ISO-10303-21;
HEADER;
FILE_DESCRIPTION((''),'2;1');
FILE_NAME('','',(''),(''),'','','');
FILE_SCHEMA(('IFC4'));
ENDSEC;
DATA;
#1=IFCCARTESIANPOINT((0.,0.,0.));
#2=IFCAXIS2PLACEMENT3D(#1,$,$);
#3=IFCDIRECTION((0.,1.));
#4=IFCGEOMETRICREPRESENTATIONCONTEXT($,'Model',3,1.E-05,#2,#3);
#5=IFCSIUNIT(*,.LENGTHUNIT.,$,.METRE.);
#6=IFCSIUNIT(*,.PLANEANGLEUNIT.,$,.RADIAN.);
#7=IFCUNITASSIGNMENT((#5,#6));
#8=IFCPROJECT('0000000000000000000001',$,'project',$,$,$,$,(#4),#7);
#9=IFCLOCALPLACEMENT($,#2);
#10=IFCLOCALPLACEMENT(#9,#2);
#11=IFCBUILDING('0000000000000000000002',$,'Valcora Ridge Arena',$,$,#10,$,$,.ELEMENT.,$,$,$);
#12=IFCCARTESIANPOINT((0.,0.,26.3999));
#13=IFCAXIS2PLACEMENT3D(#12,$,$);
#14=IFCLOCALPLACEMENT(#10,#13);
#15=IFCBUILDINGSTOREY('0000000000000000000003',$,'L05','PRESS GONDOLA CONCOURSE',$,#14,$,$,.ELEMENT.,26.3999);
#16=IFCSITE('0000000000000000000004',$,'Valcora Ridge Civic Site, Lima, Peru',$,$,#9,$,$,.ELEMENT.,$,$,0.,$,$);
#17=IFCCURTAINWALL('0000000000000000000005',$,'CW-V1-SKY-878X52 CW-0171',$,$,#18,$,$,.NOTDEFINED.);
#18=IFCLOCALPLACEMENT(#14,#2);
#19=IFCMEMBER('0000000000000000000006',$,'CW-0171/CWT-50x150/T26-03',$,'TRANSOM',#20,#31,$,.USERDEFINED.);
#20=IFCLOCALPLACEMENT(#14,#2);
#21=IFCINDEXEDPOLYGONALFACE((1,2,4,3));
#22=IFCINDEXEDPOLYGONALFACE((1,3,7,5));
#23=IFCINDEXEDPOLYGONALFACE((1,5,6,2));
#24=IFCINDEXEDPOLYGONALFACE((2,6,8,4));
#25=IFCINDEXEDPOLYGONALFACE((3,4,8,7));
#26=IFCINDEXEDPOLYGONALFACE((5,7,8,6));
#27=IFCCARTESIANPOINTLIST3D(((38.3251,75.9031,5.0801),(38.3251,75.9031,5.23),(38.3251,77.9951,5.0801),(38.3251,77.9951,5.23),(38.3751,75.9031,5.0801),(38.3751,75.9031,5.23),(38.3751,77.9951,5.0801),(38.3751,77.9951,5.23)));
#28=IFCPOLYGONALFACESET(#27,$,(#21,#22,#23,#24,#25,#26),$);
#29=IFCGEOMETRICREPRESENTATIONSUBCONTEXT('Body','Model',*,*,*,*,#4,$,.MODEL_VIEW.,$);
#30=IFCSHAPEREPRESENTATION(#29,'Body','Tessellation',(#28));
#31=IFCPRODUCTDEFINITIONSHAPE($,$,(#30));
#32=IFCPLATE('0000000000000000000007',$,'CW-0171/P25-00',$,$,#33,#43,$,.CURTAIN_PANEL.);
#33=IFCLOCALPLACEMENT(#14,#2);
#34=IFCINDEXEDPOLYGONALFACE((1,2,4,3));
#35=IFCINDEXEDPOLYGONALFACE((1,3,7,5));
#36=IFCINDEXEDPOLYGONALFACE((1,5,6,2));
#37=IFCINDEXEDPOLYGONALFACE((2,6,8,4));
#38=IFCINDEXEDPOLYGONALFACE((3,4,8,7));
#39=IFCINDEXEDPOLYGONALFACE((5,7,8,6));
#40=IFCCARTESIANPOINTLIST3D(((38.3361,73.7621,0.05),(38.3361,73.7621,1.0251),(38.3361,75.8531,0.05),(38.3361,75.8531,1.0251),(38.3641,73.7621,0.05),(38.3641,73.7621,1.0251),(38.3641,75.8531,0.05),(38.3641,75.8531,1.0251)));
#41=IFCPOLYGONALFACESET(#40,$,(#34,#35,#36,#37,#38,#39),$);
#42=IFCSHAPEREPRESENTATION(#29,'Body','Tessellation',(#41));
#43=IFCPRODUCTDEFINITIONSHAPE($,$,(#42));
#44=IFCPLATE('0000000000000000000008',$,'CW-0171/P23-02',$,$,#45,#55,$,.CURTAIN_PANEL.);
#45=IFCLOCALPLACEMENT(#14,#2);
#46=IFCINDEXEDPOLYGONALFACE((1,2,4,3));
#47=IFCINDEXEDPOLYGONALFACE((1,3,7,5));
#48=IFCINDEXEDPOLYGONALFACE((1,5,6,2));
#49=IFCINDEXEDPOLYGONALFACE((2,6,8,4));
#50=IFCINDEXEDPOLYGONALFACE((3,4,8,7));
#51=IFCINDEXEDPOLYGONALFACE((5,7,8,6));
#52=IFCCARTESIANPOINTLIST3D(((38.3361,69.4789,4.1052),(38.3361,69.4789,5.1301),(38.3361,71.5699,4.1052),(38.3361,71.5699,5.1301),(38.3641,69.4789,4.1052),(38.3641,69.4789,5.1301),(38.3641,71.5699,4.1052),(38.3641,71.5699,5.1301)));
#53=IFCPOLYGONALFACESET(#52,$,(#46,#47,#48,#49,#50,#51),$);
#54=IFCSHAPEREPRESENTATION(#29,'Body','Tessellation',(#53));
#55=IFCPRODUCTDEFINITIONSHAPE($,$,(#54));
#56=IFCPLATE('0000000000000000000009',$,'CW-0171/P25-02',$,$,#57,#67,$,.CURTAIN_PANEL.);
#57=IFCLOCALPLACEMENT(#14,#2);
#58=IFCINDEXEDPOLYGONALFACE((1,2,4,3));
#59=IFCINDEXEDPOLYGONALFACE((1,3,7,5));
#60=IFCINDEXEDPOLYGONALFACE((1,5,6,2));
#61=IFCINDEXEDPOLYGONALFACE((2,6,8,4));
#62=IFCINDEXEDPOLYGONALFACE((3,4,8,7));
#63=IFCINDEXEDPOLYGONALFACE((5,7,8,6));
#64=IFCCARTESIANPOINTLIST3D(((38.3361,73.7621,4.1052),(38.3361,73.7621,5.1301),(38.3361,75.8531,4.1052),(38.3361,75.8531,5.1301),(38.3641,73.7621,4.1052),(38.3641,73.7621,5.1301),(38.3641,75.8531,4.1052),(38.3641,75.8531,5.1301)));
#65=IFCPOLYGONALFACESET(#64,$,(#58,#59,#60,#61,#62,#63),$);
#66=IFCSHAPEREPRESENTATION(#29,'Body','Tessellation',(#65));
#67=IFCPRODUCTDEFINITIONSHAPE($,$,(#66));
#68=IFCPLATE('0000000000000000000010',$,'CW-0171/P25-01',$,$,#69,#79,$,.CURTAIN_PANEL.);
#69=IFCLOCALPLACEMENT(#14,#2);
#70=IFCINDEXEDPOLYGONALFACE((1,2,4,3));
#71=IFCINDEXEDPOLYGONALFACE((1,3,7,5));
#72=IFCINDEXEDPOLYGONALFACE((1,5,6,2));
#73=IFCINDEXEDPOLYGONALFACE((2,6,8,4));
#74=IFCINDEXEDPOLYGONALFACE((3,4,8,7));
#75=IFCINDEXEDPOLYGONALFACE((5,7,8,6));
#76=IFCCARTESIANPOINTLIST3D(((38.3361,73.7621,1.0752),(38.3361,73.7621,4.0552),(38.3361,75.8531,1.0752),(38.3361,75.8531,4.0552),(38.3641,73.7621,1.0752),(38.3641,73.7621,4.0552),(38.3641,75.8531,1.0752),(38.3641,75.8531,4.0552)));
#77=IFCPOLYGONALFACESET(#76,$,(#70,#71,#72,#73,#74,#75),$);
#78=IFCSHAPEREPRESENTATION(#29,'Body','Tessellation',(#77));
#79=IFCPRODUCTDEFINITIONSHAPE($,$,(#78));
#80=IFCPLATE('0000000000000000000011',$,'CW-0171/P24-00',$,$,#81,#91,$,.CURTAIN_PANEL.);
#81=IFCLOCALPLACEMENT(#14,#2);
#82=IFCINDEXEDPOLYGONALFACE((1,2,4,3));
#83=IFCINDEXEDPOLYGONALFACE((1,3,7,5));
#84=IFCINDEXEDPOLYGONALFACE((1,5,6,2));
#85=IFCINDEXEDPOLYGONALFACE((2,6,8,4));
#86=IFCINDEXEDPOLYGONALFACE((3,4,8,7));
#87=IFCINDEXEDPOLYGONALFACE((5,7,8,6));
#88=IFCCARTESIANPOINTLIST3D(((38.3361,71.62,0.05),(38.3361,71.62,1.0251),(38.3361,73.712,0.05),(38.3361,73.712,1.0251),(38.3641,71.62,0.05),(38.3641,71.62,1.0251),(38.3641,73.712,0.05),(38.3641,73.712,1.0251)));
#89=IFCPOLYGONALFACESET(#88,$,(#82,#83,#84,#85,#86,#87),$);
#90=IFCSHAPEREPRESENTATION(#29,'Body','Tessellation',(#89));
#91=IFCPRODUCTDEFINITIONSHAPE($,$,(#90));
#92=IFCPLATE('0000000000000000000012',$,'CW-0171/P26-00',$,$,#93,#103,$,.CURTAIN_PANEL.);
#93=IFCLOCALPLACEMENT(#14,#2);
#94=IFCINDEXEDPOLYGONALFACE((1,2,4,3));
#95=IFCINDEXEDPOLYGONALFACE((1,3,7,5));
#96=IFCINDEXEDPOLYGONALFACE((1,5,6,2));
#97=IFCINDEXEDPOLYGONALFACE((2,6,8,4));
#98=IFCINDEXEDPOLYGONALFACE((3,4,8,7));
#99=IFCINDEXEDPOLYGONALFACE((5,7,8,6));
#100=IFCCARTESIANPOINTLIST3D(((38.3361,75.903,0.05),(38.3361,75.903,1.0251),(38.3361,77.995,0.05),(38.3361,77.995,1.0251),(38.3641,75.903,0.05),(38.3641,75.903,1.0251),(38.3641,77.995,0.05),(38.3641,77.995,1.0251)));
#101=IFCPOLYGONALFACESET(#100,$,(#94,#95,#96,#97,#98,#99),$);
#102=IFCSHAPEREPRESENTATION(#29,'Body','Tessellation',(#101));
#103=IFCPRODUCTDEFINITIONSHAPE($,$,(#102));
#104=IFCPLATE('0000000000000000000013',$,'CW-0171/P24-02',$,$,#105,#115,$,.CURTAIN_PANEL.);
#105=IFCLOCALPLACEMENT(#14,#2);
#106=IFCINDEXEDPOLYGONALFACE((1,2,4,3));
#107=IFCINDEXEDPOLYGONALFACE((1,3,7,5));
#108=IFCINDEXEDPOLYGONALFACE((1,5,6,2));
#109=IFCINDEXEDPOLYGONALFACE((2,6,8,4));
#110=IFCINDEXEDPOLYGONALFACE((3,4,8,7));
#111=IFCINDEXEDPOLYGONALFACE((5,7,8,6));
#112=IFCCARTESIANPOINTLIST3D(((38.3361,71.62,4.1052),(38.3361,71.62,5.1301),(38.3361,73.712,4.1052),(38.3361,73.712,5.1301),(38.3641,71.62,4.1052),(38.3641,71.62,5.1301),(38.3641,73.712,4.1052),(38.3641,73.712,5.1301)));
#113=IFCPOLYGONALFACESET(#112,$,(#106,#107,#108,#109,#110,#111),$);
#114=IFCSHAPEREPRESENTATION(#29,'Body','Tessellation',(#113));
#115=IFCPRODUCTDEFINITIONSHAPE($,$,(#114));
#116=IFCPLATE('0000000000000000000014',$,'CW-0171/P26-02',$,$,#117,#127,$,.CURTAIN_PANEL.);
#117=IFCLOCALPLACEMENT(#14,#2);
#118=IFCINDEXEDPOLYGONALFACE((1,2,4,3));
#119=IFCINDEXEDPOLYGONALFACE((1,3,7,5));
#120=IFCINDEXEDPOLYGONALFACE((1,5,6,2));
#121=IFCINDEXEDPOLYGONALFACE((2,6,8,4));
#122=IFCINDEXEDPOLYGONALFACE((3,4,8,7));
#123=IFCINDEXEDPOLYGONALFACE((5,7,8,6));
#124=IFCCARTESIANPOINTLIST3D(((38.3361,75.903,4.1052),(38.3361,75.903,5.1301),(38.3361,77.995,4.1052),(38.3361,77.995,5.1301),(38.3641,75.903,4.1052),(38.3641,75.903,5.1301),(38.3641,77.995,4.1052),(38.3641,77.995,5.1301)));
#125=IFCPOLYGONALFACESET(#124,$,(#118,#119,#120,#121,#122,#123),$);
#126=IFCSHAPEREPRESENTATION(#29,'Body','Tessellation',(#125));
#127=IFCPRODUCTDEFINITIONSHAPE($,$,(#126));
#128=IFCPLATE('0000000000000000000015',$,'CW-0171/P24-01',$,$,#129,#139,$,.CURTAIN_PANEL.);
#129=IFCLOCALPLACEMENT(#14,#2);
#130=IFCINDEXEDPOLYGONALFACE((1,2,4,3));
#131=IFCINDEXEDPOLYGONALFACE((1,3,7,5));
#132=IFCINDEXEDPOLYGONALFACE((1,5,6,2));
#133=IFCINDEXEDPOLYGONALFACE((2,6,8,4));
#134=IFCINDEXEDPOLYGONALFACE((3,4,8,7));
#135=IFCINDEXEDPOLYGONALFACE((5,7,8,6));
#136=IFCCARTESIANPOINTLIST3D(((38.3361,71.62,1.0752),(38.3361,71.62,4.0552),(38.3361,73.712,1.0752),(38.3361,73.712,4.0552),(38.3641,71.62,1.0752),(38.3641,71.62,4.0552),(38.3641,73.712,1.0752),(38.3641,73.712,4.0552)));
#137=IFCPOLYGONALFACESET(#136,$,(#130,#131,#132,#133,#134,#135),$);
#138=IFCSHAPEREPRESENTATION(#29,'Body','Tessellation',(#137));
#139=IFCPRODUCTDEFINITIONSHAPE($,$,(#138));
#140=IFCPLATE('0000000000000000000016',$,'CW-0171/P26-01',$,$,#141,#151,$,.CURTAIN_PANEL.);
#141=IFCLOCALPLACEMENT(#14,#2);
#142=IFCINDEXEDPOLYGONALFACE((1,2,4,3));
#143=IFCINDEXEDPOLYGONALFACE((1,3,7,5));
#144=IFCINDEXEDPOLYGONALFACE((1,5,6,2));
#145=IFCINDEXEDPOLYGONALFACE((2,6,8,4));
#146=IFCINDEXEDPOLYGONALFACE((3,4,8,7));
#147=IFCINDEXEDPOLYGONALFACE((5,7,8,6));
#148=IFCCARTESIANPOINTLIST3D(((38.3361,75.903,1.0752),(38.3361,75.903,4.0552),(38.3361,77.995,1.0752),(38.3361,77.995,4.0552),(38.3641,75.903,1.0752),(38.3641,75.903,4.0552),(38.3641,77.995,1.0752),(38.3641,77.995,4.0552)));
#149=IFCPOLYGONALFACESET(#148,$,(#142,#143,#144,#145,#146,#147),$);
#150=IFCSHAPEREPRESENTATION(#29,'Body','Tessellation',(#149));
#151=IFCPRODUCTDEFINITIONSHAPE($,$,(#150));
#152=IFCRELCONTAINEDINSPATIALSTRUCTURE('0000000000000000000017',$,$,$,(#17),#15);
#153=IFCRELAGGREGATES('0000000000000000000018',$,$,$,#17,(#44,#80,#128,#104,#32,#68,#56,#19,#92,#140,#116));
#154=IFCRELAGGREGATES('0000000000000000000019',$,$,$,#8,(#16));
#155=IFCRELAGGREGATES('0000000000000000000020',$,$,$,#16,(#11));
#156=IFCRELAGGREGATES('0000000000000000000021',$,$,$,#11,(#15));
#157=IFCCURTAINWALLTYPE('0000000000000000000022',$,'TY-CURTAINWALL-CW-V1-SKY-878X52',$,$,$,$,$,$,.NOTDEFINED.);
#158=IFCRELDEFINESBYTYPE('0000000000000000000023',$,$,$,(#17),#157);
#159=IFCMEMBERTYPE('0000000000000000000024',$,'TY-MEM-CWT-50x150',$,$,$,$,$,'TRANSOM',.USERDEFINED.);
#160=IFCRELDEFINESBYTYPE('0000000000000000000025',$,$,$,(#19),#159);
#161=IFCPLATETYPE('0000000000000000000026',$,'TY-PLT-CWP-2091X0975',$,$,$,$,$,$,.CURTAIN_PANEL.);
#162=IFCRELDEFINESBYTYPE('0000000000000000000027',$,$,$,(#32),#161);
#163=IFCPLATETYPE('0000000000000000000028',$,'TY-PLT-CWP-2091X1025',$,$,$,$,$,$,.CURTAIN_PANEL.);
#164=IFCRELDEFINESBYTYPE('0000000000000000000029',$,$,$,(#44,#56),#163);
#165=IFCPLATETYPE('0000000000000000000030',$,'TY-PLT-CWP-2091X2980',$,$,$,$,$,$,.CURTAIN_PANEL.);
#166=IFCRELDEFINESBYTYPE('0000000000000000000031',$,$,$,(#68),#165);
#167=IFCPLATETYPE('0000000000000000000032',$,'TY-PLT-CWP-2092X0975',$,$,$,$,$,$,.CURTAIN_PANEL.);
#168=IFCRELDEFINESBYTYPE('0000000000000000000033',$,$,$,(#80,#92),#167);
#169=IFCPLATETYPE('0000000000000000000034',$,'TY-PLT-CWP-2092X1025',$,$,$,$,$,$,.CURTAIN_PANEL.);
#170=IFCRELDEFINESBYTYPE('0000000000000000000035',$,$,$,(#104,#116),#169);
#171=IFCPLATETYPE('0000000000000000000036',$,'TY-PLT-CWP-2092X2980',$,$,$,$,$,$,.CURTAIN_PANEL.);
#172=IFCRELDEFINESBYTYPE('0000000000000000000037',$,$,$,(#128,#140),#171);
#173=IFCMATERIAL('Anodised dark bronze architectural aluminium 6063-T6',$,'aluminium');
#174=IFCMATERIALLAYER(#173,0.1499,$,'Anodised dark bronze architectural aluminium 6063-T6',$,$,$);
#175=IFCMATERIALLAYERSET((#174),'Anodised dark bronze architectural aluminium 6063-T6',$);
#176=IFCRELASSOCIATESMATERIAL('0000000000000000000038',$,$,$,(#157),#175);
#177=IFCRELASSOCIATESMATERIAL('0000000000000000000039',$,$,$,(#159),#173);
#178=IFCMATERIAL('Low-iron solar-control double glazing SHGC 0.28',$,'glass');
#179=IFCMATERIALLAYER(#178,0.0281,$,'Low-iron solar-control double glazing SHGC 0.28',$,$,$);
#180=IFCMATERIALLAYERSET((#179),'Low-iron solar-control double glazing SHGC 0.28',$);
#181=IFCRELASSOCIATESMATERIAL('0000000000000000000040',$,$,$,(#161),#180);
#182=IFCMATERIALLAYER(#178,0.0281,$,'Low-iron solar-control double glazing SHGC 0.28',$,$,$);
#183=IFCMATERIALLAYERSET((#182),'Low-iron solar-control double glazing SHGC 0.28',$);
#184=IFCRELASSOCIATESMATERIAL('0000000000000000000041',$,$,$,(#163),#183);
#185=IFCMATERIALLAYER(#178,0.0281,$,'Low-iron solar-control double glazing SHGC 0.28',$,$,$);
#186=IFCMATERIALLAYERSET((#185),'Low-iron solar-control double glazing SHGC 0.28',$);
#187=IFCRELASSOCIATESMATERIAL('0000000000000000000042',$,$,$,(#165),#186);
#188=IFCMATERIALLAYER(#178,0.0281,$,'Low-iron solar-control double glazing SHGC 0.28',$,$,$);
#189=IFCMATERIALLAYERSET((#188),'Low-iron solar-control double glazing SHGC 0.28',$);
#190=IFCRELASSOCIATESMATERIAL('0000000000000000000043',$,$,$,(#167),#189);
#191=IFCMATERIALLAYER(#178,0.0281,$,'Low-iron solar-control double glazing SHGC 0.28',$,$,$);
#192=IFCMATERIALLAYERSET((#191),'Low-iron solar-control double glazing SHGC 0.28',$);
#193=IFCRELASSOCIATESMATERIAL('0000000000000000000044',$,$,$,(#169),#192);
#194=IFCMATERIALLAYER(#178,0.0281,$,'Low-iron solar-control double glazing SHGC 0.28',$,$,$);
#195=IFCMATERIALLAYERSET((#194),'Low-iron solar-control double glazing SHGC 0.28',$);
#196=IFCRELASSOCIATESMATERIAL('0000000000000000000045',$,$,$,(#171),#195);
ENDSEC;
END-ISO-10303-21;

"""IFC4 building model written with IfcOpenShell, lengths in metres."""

from ifc_helpers import new_model, si_unit, direction, frame, origin, origin_2d, place, context, subcontext, project, spatial, rectangle, extrude, material, layer, layer_set, material_profile, profile_set, type_object, element, aggregate, save


model = new_model("IFC4")

# Units and contexts
model_context = context("Model", 3, precision=1e-05, world=origin(), true_north=direction((0.0, 1.0)))
body_context = subcontext(model_context, "Body", "Model", "MODEL_VIEW")
ifc_project = project(units=[si_unit("LENGTHUNIT", "METRE"), si_unit("PLANEANGLEUNIT", "RADIAN")], contexts=[model_context])

# Site, building, storey
site_placement = place(None, origin())
site = spatial("IfcSite", under=ifc_project, at=site_placement, Name="Valcora Ridge Civic Site, Lima, Peru", CompositionType="ELEMENT", RefElevation=0.0)
building_placement = place(site_placement, origin())
building = spatial("IfcBuilding", under=site, at=building_placement, Name="Valcora Ridge Arena", CompositionType="ELEMENT")
storey_placement = place(building_placement, frame((0.0, 0.0, 26.3999)))
storey = spatial("IfcBuildingStorey", under=building, at=storey_placement, Name="L05", Description="PRESS GONDOLA CONCOURSE", CompositionType="ELEMENT", Elevation=26.3999)

# Curtain wall, member, plates
ifc_material_1 = material(Name="Anodised dark bronze architectural aluminium 6063-T6", Category="aluminium")
ifc_layer_1 = layer(ifc_material_1, 0.1499, Name="Anodised dark bronze architectural aluminium 6063-T6")
ifc_layer_set_1 = layer_set([ifc_layer_1], Name="Anodised dark bronze architectural aluminium 6063-T6")
curtain_wall_type = type_object("IfcCurtainWallType", Name="TY-CURTAINWALL-CW-V1-SKY-878X52", PredefinedType="NOTDEFINED", material=ifc_layer_set_1)
curtain_wall_placement = place(storey_placement, origin())
curtain_wall = element("IfcCurtainWall", 1, at=curtain_wall_placement, inside=storey, type_object=curtain_wall_type, Name="CW-V1-SKY-878X52 CW-0171", PredefinedType="NOTDEFINED")
ifc_material_profile_1 = material_profile(ifc_material_1, rectangle(XDim=0.05, YDim=0.1499, at=origin_2d()), Name="ALU TRANSOM 50x150")
ifc_profile_set_1 = profile_set([ifc_material_profile_1], Name="Anodised dark bronze architectural aluminium 6063-T6")
member_type_1 = type_object("IfcMemberType", Name="TY-MEM-CWT-50x150", ElementType="TRANSOM", PredefinedType="USERDEFINED", material=ifc_profile_set_1)
member_1_placement = place(storey_placement, frame((38.3501, 75.9031, 5.155), z_axis=(0.0, 1.0, 0.0), x_axis=(-1.0, 0.0, 0.0)))
member_1 = element("IfcMember", 2, at=member_1_placement, type_object=member_type_1, Name="CW-0171/CWT-50x150/T26-03", ObjectType="TRANSOM", PredefinedType="USERDEFINED", context=body_context, shape_type="SweptSolid", body=[
    extrude(rectangle(XDim=0.05, YDim=0.1499, at=origin_2d()), origin(), (0.0, 0.0, 1.0), 2.092),
])
ifc_material_2 = material(Name="Low-iron solar-control double glazing SHGC 0.28", Category="glass")
ifc_layer_2 = layer(ifc_material_2, 0.0281, Name="Low-iron solar-control double glazing SHGC 0.28")
ifc_layer_set_2 = layer_set([ifc_layer_2], Name="Low-iron solar-control double glazing SHGC 0.28")
plate_type_1 = type_object("IfcPlateType", Name="TY-PLT-CWP-2091X0975", PredefinedType="CURTAIN_PANEL", material=ifc_layer_set_2)
plate_1_placement = place(storey_placement, frame((38.3501, 74.8076, 0.05), z_axis=(0.0, 0.0, 1.0), x_axis=(0.0, 1.0, 0.0)))
plate_1 = element("IfcPlate", 3, at=plate_1_placement, type_object=plate_type_1, Name="CW-0171/P25-00", PredefinedType="CURTAIN_PANEL", context=body_context, shape_type="SweptSolid", body=[
    extrude(rectangle(XDim=2.0911, YDim=0.0281, at=origin_2d()), origin(), (0.0, 0.0, 1.0), 0.9751),
])
ifc_layer_3 = layer(ifc_material_2, 0.0281, Name="Low-iron solar-control double glazing SHGC 0.28")
ifc_layer_set_3 = layer_set([ifc_layer_3], Name="Low-iron solar-control double glazing SHGC 0.28")
plate_type_2 = type_object("IfcPlateType", Name="TY-PLT-CWP-2091X1025", PredefinedType="CURTAIN_PANEL", material=ifc_layer_set_3)
plate_2_placement = place(storey_placement, frame((38.3501, 70.5244, 4.1052), z_axis=(0.0, 0.0, 1.0), x_axis=(0.0, 1.0, 0.0)))
plate_2 = element("IfcPlate", 4, at=plate_2_placement, type_object=plate_type_2, Name="CW-0171/P23-02", PredefinedType="CURTAIN_PANEL", context=body_context, shape_type="SweptSolid", body=[
    extrude(rectangle(XDim=2.0911, YDim=0.0281, at=origin_2d()), origin(), (0.0, 0.0, 1.0), 1.0249),
])
plate_3_placement = place(storey_placement, frame((38.3501, 74.8076, 4.1052), z_axis=(0.0, 0.0, 1.0), x_axis=(0.0, 1.0, 0.0)))
plate_3 = element("IfcPlate", 5, at=plate_3_placement, type_object=plate_type_2, Name="CW-0171/P25-02", PredefinedType="CURTAIN_PANEL", context=body_context, shape_type="SweptSolid", body=[
    extrude(rectangle(XDim=2.0911, YDim=0.0281, at=origin_2d()), origin(), (0.0, 0.0, 1.0), 1.0249),
])
ifc_layer_4 = layer(ifc_material_2, 0.0281, Name="Low-iron solar-control double glazing SHGC 0.28")
ifc_layer_set_4 = layer_set([ifc_layer_4], Name="Low-iron solar-control double glazing SHGC 0.28")
plate_type_3 = type_object("IfcPlateType", Name="TY-PLT-CWP-2091X2980", PredefinedType="CURTAIN_PANEL", material=ifc_layer_set_4)
plate_4_placement = place(storey_placement, frame((38.3501, 74.8076, 1.0752), z_axis=(0.0, 0.0, 1.0), x_axis=(0.0, 1.0, 0.0)))
plate_4 = element("IfcPlate", 6, at=plate_4_placement, type_object=plate_type_3, Name="CW-0171/P25-01", PredefinedType="CURTAIN_PANEL", context=body_context, shape_type="SweptSolid", body=[
    extrude(rectangle(XDim=2.0911, YDim=0.0281, at=origin_2d()), origin(), (0.0, 0.0, 1.0), 2.98),
])
ifc_layer_5 = layer(ifc_material_2, 0.0281, Name="Low-iron solar-control double glazing SHGC 0.28")
ifc_layer_set_5 = layer_set([ifc_layer_5], Name="Low-iron solar-control double glazing SHGC 0.28")
plate_type_4 = type_object("IfcPlateType", Name="TY-PLT-CWP-2092X0975", PredefinedType="CURTAIN_PANEL", material=ifc_layer_set_5)
plate_5_placement = place(storey_placement, frame((38.3501, 72.666, 0.05), z_axis=(0.0, 0.0, 1.0), x_axis=(0.0, 1.0, 0.0)))
plate_5 = element("IfcPlate", 7, at=plate_5_placement, type_object=plate_type_4, Name="CW-0171/P24-00", PredefinedType="CURTAIN_PANEL", context=body_context, shape_type="SweptSolid", body=[
    extrude(rectangle(XDim=2.092, YDim=0.0281, at=origin_2d()), origin(), (0.0, 0.0, 1.0), 0.9751),
])
plate_6_placement = place(storey_placement, frame((38.3501, 76.949, 0.05), z_axis=(0.0, 0.0, 1.0), x_axis=(0.0, 1.0, 0.0)))
plate_6 = element("IfcPlate", 8, at=plate_6_placement, type_object=plate_type_4, Name="CW-0171/P26-00", PredefinedType="CURTAIN_PANEL", context=body_context, shape_type="SweptSolid", body=[
    extrude(rectangle(XDim=2.092, YDim=0.0281, at=origin_2d()), origin(), (0.0, 0.0, 1.0), 0.9751),
])
ifc_layer_6 = layer(ifc_material_2, 0.0281, Name="Low-iron solar-control double glazing SHGC 0.28")
ifc_layer_set_6 = layer_set([ifc_layer_6], Name="Low-iron solar-control double glazing SHGC 0.28")
plate_type_5 = type_object("IfcPlateType", Name="TY-PLT-CWP-2092X1025", PredefinedType="CURTAIN_PANEL", material=ifc_layer_set_6)
plate_7_placement = place(storey_placement, frame((38.3501, 72.666, 4.1052), z_axis=(0.0, 0.0, 1.0), x_axis=(0.0, 1.0, 0.0)))
plate_7 = element("IfcPlate", 9, at=plate_7_placement, type_object=plate_type_5, Name="CW-0171/P24-02", PredefinedType="CURTAIN_PANEL", context=body_context, shape_type="SweptSolid", body=[
    extrude(rectangle(XDim=2.092, YDim=0.0281, at=origin_2d()), origin(), (0.0, 0.0, 1.0), 1.0249),
])
plate_8_placement = place(storey_placement, frame((38.3501, 76.949, 4.1052), z_axis=(0.0, 0.0, 1.0), x_axis=(0.0, 1.0, 0.0)))
plate_8 = element("IfcPlate", 10, at=plate_8_placement, type_object=plate_type_5, Name="CW-0171/P26-02", PredefinedType="CURTAIN_PANEL", context=body_context, shape_type="SweptSolid", body=[
    extrude(rectangle(XDim=2.092, YDim=0.0281, at=origin_2d()), origin(), (0.0, 0.0, 1.0), 1.0249),
])
ifc_layer_7 = layer(ifc_material_2, 0.0281, Name="Low-iron solar-control double glazing SHGC 0.28")
ifc_layer_set_7 = layer_set([ifc_layer_7], Name="Low-iron solar-control double glazing SHGC 0.28")
plate_type_6 = type_object("IfcPlateType", Name="TY-PLT-CWP-2092X2980", PredefinedType="CURTAIN_PANEL", material=ifc_layer_set_7)
plate_9_placement = place(storey_placement, frame((38.3501, 72.666, 1.0752), z_axis=(0.0, 0.0, 1.0), x_axis=(0.0, 1.0, 0.0)))
plate_9 = element("IfcPlate", 11, at=plate_9_placement, type_object=plate_type_6, Name="CW-0171/P24-01", PredefinedType="CURTAIN_PANEL", context=body_context, shape_type="SweptSolid", body=[
    extrude(rectangle(XDim=2.092, YDim=0.0281, at=origin_2d()), origin(), (0.0, 0.0, 1.0), 2.98),
])
plate_10_placement = place(storey_placement, frame((38.3501, 76.949, 1.0752), z_axis=(0.0, 0.0, 1.0), x_axis=(0.0, 1.0, 0.0)))
plate_10 = element("IfcPlate", 12, at=plate_10_placement, type_object=plate_type_6, Name="CW-0171/P26-01", PredefinedType="CURTAIN_PANEL", context=body_context, shape_type="SweptSolid", body=[
    extrude(rectangle(XDim=2.092, YDim=0.0281, at=origin_2d()), origin(), (0.0, 0.0, 1.0), 2.98),
])
aggregate(curtain_wall, [plate_2, plate_5, plate_9, plate_7, plate_1, plate_4, plate_3, member_1, plate_6, plate_10, plate_8])

save(model, "model.ifc")
